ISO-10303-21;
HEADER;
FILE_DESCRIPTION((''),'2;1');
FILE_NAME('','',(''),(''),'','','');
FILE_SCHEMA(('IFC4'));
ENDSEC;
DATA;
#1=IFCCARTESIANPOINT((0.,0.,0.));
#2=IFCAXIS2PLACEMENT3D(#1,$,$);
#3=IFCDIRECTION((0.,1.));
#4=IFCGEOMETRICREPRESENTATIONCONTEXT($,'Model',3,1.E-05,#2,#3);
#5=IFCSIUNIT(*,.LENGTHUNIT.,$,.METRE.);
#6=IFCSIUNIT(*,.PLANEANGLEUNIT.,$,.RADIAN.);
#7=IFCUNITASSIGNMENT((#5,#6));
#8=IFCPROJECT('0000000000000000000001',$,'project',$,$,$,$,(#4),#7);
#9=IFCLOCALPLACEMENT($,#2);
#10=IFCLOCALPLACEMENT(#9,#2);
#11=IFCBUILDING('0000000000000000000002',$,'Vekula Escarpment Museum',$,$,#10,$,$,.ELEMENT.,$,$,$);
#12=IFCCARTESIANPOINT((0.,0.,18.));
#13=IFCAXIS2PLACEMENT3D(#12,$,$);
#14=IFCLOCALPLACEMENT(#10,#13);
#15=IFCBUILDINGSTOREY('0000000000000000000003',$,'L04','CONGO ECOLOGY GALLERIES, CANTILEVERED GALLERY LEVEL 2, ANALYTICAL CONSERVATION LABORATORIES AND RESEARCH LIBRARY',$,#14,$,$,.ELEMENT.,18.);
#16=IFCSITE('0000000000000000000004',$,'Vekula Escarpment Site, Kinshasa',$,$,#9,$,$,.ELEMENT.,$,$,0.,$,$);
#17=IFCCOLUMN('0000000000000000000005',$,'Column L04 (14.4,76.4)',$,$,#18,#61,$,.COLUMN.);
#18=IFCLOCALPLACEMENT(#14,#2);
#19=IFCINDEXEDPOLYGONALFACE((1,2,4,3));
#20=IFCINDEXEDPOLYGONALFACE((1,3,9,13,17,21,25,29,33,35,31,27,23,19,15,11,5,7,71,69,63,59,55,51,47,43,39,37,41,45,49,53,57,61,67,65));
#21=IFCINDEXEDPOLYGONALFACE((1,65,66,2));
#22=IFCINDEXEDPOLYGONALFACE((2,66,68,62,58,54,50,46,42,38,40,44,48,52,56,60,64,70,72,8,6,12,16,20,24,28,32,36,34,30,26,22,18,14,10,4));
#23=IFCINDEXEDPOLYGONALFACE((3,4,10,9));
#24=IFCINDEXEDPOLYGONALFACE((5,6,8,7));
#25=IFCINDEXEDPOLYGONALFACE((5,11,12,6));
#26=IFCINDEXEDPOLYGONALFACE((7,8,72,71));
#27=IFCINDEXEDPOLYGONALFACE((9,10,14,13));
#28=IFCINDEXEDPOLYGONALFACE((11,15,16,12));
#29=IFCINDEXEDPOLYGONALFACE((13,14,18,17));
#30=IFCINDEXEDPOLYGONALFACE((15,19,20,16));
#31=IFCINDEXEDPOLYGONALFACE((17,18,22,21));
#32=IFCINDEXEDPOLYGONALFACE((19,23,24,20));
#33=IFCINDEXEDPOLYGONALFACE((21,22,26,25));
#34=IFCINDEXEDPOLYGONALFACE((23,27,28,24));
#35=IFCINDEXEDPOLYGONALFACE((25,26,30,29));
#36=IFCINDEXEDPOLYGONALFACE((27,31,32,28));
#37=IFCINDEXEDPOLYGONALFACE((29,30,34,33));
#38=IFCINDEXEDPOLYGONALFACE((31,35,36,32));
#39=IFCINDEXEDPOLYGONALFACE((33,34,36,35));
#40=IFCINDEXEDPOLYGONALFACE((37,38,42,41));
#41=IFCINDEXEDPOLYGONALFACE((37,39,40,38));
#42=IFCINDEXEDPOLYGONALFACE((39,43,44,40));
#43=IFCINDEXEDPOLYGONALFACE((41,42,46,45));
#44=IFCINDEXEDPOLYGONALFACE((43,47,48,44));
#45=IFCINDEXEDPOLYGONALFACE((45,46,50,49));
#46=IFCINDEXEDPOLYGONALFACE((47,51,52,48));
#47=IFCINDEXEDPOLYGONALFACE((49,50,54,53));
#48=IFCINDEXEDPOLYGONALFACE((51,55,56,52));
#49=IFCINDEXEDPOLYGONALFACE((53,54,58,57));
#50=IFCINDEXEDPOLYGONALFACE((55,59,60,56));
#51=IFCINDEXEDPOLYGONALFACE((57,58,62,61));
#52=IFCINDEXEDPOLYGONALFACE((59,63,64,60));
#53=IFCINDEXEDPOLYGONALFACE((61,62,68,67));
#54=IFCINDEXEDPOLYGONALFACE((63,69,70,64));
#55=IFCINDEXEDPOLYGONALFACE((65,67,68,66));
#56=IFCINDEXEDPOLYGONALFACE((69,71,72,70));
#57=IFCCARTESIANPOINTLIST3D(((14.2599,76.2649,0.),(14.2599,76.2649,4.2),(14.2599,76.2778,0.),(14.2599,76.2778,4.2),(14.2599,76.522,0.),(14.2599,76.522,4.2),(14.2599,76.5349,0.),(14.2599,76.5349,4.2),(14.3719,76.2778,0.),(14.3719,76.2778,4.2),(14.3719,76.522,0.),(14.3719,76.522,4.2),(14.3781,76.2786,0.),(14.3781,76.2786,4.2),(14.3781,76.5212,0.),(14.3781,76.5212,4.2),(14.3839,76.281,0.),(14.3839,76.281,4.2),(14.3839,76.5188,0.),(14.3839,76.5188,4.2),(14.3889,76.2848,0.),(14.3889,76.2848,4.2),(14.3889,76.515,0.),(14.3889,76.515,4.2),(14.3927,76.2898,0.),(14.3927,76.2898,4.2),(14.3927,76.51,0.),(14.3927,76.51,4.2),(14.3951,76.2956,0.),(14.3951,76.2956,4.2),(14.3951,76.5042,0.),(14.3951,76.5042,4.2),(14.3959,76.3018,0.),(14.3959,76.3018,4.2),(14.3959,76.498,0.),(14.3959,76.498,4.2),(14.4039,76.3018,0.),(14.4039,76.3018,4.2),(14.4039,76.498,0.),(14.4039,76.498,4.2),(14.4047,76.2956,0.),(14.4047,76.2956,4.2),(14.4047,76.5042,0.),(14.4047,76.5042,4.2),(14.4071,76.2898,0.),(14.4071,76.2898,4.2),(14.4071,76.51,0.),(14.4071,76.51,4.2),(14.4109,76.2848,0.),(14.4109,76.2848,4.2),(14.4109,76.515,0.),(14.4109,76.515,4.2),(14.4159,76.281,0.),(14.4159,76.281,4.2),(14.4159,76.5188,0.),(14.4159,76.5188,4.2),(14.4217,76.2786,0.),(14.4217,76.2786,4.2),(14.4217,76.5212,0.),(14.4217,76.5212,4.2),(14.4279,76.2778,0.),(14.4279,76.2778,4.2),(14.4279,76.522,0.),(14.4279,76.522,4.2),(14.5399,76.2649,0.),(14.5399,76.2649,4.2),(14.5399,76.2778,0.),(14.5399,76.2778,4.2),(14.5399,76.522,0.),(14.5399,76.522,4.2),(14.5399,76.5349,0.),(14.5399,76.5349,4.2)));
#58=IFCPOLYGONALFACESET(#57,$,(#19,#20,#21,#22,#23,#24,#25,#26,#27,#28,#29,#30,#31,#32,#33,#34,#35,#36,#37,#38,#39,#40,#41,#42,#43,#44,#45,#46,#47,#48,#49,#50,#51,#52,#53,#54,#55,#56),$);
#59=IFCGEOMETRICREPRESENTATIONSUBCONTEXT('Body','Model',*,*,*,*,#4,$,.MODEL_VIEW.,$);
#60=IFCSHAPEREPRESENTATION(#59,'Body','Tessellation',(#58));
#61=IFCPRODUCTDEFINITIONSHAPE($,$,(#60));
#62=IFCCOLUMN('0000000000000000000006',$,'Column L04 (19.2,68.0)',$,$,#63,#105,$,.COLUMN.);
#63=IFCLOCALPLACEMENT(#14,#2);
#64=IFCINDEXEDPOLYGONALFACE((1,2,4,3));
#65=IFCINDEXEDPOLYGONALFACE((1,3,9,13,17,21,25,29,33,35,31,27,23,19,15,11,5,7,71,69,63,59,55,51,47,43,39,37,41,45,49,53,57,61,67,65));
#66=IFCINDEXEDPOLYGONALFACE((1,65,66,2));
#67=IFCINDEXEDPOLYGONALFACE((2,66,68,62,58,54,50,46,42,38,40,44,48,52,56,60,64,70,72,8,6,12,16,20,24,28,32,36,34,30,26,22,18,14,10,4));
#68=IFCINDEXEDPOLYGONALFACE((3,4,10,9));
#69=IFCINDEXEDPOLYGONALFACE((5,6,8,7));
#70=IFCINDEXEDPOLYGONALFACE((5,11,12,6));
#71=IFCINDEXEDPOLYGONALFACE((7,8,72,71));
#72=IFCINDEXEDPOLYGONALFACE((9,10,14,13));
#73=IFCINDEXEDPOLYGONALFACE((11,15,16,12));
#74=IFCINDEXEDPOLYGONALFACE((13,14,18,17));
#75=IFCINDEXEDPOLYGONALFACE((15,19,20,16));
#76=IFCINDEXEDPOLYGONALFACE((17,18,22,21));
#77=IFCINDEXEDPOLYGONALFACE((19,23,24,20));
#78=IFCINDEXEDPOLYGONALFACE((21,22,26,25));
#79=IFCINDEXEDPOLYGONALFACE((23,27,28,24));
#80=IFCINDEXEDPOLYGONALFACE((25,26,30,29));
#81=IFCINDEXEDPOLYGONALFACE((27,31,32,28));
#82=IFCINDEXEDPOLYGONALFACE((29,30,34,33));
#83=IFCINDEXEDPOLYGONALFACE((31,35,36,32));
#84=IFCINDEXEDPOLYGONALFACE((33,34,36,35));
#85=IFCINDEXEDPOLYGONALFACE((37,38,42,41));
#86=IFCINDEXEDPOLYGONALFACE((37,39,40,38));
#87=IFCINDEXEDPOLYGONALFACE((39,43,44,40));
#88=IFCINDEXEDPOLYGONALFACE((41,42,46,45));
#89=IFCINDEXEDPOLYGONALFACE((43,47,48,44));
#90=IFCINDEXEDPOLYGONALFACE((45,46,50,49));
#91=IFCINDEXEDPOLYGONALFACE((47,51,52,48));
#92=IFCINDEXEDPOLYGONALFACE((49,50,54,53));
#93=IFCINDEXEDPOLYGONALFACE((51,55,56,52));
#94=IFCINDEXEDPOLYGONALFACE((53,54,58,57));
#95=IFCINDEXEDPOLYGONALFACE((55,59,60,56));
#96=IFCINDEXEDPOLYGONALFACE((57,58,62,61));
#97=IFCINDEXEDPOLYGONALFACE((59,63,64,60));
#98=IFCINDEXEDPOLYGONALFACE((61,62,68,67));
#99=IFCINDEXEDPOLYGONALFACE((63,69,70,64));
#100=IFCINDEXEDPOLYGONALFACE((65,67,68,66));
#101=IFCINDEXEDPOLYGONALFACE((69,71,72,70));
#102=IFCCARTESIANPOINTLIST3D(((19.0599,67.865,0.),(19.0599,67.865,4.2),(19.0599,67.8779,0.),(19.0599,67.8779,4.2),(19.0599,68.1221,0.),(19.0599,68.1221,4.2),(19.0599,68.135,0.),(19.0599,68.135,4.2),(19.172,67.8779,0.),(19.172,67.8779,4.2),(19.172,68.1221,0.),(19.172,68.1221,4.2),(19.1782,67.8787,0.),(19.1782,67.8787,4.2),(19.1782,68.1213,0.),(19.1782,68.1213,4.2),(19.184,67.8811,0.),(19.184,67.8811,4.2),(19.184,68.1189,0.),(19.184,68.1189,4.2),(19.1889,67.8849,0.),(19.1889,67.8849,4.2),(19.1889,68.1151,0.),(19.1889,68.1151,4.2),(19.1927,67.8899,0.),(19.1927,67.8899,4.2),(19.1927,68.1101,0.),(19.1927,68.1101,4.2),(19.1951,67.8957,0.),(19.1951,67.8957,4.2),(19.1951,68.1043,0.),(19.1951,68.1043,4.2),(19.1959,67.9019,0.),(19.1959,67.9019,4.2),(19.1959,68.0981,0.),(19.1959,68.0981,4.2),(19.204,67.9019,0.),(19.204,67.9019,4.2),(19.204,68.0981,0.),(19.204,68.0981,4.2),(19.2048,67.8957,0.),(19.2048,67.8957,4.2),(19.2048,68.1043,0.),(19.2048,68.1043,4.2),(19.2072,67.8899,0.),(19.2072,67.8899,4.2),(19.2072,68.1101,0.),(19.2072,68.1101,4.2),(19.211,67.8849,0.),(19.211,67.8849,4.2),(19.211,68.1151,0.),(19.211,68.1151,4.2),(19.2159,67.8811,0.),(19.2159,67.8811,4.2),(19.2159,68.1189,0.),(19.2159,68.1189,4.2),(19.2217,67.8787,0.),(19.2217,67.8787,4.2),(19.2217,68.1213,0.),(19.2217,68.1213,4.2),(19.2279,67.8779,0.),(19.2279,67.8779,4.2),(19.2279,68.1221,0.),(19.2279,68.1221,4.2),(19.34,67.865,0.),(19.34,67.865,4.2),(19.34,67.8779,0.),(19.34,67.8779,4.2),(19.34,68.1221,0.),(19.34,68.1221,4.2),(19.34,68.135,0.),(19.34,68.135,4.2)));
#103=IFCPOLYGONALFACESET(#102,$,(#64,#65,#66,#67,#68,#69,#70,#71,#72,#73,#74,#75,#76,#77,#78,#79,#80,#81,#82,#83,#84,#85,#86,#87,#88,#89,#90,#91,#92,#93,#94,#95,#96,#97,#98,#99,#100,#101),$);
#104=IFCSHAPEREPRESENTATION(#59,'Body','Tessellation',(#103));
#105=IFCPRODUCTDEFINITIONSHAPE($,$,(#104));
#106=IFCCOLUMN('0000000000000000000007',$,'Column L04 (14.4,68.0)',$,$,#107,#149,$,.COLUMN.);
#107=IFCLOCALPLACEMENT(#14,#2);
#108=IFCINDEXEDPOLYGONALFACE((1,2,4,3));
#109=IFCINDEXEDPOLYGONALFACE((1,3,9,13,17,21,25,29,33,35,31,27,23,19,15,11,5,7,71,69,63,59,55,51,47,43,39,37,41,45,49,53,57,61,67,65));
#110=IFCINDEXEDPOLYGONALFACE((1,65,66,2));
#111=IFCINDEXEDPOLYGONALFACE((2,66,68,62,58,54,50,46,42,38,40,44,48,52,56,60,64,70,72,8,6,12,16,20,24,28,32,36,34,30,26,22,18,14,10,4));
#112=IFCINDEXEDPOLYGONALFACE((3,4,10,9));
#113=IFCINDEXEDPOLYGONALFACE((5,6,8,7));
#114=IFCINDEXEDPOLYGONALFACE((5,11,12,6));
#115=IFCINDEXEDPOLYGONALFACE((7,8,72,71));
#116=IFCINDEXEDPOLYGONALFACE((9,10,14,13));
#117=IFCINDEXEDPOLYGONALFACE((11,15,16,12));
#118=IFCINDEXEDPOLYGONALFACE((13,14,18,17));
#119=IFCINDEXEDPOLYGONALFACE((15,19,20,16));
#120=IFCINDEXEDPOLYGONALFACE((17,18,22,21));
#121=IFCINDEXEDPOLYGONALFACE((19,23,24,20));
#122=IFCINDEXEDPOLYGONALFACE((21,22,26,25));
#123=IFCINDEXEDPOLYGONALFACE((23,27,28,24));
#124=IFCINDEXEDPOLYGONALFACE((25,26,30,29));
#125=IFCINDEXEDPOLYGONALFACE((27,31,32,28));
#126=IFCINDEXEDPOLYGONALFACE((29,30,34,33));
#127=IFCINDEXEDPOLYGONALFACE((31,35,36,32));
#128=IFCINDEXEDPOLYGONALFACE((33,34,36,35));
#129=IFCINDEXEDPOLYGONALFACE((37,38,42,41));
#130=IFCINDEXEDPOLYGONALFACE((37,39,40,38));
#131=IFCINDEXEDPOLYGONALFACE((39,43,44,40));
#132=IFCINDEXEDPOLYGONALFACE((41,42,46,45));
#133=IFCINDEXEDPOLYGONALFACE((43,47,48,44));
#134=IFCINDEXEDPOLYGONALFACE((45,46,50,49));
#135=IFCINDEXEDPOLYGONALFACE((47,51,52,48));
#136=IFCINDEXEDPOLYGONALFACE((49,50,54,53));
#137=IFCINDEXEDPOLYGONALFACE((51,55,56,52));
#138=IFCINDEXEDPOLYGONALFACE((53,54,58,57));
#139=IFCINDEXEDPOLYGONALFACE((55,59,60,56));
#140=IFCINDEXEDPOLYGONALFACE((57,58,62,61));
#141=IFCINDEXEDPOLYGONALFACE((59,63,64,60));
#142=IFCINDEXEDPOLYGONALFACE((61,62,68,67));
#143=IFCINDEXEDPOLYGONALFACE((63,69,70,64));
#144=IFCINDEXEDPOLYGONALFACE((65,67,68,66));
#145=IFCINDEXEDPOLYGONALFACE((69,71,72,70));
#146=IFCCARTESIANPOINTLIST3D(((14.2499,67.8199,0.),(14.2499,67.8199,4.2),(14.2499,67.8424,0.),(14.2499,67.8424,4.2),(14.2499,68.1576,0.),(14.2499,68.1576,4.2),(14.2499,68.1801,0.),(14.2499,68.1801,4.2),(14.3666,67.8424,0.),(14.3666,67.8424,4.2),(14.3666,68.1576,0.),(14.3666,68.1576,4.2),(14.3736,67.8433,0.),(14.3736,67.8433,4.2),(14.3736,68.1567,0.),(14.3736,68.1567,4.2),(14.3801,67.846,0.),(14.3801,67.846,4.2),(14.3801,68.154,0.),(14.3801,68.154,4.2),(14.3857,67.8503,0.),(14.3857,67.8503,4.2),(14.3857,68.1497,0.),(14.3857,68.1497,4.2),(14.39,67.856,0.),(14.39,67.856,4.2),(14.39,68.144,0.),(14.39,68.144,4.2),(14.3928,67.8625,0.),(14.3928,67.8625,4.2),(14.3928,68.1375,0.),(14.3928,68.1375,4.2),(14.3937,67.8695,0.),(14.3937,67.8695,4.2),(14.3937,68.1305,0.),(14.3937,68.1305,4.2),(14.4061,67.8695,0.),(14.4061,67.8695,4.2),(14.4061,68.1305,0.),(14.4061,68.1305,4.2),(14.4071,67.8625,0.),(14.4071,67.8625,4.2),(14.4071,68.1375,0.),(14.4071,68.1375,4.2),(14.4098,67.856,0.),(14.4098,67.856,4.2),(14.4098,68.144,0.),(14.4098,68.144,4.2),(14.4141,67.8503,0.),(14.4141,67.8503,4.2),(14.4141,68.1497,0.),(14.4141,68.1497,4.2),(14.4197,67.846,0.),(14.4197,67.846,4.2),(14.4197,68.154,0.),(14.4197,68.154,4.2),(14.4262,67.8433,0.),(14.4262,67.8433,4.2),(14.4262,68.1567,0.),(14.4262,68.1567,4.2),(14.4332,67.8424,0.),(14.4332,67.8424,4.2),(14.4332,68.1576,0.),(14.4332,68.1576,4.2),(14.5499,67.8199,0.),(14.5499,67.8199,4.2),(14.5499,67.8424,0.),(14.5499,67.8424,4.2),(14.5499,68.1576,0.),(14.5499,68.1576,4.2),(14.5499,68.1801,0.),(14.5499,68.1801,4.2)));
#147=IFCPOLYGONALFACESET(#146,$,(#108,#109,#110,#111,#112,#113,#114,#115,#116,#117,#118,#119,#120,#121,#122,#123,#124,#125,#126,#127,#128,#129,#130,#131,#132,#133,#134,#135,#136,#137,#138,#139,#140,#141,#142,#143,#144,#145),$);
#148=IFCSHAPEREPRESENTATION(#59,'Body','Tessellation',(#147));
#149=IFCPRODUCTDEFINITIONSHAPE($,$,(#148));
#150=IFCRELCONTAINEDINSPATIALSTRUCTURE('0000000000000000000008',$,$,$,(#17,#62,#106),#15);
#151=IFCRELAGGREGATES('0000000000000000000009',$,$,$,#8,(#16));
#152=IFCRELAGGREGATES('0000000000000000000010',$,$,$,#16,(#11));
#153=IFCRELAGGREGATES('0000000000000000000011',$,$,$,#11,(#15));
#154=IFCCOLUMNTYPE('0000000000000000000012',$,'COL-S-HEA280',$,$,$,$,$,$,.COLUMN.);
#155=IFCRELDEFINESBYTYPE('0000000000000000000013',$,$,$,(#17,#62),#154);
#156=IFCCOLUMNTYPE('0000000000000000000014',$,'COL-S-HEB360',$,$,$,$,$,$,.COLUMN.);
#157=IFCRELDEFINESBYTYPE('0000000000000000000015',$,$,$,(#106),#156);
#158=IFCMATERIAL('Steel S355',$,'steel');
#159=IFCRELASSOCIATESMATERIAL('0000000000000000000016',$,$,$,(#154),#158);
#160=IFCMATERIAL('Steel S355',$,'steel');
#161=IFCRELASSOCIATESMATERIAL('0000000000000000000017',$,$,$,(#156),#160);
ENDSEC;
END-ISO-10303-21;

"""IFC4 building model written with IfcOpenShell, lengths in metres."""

from ifc_helpers import new_model, si_unit, direction, frame, origin, origin_2d, place, context, subcontext, project, spatial, i_section, extrude, material, material_profile, profile_set, type_object, element, save


model = new_model("IFC4")

# Units and contexts
model_context = context("Model", 3, precision=1e-05, world=origin(), true_north=direction((0.0, 1.0)))
body_context = subcontext(model_context, "Body", "Model", "MODEL_VIEW")
ifc_project = project(units=[si_unit("LENGTHUNIT", "METRE"), si_unit("PLANEANGLEUNIT", "RADIAN")], contexts=[model_context])

# Site, building, storey
site_placement = place(None, origin())
site = spatial("IfcSite", under=ifc_project, at=site_placement, Name="Vekula Escarpment Site, Kinshasa", CompositionType="ELEMENT", RefElevation=0.0)
building_placement = place(site_placement, origin())
building = spatial("IfcBuilding", under=site, at=building_placement, Name="Vekula Escarpment Museum", CompositionType="ELEMENT")
storey_placement = place(building_placement, frame((0.0, 0.0, 18.0)))
storey = spatial("IfcBuildingStorey", under=building, at=storey_placement, Name="L04", Description="CONGO ECOLOGY GALLERIES, CANTILEVERED GALLERY LEVEL 2, ANALYTICAL CONSERVATION LABORATORIES AND RESEARCH LIBRARY", CompositionType="ELEMENT", Elevation=18.0)

# Columns
ifc_material_1 = material(Name="Steel S355", Category="steel")
ifc_material_profile_1 = material_profile(ifc_material_1, i_section(OverallWidth=0.28, OverallDepth=0.27, WebThickness=0.0081, FlangeThickness=0.0129, FilletRadius=0.0239, at=origin_2d()), Name="HEA 280")
ifc_profile_set_1 = profile_set([ifc_material_profile_1], Name="Steel S355")
column_type_1 = type_object("IfcColumnType", Name="COL-S-HEA280", PredefinedType="COLUMN", material=ifc_profile_set_1)
for number, where, z_axis, x_axis, name in (
    (1, (14.3999, 76.3999, 0.0), (0.0, 0.0, 1.0), (1.0, 0.0, 0.0), "Column L04 (14.4,76.4)"),
    (2, (19.2, 68.0, 0.0), (0.0, 0.0, 1.0), (1.0, 0.0, 0.0), "Column L04 (19.2,68.0)"),
):
    element("IfcColumn", number, at=place(storey_placement, frame(where, z_axis=z_axis, x_axis=x_axis)), inside=storey, type_object=column_type_1, Name=name, PredefinedType="COLUMN", context=body_context, shape_type="SweptSolid", body=[
        extrude(i_section(OverallWidth=0.28, OverallDepth=0.27, WebThickness=0.0081, FlangeThickness=0.0129, FilletRadius=0.0239, at=origin_2d()), origin(), (0.0, 0.0, 1.0), 4.2),
    ])
ifc_material_2 = material(Name="Steel S355", Category="steel")
ifc_material_profile_2 = material_profile(ifc_material_2, i_section(OverallWidth=0.3, OverallDepth=0.3601, WebThickness=0.0125, FlangeThickness=0.0225, FilletRadius=0.0271, at=origin_2d()), Name="HEB 360")
ifc_profile_set_2 = profile_set([ifc_material_profile_2], Name="Steel S355")
column_type_2 = type_object("IfcColumnType", Name="COL-S-HEB360", PredefinedType="COLUMN", material=ifc_profile_set_2)
column_1_placement = place(storey_placement, frame((14.3999, 68.0, 0.0), z_axis=(0.0, 0.0, 1.0), x_axis=(1.0, 0.0, 0.0)))
element("IfcColumn", 3, at=column_1_placement, inside=storey, type_object=column_type_2, Name="Column L04 (14.4,68.0)", PredefinedType="COLUMN", context=body_context, shape_type="SweptSolid", body=[
    extrude(i_section(OverallWidth=0.3, OverallDepth=0.3601, WebThickness=0.0125, FlangeThickness=0.0225, FilletRadius=0.0271, at=origin_2d()), origin(), (0.0, 0.0, 1.0), 4.2),
])

save(model, "model.ifc")
